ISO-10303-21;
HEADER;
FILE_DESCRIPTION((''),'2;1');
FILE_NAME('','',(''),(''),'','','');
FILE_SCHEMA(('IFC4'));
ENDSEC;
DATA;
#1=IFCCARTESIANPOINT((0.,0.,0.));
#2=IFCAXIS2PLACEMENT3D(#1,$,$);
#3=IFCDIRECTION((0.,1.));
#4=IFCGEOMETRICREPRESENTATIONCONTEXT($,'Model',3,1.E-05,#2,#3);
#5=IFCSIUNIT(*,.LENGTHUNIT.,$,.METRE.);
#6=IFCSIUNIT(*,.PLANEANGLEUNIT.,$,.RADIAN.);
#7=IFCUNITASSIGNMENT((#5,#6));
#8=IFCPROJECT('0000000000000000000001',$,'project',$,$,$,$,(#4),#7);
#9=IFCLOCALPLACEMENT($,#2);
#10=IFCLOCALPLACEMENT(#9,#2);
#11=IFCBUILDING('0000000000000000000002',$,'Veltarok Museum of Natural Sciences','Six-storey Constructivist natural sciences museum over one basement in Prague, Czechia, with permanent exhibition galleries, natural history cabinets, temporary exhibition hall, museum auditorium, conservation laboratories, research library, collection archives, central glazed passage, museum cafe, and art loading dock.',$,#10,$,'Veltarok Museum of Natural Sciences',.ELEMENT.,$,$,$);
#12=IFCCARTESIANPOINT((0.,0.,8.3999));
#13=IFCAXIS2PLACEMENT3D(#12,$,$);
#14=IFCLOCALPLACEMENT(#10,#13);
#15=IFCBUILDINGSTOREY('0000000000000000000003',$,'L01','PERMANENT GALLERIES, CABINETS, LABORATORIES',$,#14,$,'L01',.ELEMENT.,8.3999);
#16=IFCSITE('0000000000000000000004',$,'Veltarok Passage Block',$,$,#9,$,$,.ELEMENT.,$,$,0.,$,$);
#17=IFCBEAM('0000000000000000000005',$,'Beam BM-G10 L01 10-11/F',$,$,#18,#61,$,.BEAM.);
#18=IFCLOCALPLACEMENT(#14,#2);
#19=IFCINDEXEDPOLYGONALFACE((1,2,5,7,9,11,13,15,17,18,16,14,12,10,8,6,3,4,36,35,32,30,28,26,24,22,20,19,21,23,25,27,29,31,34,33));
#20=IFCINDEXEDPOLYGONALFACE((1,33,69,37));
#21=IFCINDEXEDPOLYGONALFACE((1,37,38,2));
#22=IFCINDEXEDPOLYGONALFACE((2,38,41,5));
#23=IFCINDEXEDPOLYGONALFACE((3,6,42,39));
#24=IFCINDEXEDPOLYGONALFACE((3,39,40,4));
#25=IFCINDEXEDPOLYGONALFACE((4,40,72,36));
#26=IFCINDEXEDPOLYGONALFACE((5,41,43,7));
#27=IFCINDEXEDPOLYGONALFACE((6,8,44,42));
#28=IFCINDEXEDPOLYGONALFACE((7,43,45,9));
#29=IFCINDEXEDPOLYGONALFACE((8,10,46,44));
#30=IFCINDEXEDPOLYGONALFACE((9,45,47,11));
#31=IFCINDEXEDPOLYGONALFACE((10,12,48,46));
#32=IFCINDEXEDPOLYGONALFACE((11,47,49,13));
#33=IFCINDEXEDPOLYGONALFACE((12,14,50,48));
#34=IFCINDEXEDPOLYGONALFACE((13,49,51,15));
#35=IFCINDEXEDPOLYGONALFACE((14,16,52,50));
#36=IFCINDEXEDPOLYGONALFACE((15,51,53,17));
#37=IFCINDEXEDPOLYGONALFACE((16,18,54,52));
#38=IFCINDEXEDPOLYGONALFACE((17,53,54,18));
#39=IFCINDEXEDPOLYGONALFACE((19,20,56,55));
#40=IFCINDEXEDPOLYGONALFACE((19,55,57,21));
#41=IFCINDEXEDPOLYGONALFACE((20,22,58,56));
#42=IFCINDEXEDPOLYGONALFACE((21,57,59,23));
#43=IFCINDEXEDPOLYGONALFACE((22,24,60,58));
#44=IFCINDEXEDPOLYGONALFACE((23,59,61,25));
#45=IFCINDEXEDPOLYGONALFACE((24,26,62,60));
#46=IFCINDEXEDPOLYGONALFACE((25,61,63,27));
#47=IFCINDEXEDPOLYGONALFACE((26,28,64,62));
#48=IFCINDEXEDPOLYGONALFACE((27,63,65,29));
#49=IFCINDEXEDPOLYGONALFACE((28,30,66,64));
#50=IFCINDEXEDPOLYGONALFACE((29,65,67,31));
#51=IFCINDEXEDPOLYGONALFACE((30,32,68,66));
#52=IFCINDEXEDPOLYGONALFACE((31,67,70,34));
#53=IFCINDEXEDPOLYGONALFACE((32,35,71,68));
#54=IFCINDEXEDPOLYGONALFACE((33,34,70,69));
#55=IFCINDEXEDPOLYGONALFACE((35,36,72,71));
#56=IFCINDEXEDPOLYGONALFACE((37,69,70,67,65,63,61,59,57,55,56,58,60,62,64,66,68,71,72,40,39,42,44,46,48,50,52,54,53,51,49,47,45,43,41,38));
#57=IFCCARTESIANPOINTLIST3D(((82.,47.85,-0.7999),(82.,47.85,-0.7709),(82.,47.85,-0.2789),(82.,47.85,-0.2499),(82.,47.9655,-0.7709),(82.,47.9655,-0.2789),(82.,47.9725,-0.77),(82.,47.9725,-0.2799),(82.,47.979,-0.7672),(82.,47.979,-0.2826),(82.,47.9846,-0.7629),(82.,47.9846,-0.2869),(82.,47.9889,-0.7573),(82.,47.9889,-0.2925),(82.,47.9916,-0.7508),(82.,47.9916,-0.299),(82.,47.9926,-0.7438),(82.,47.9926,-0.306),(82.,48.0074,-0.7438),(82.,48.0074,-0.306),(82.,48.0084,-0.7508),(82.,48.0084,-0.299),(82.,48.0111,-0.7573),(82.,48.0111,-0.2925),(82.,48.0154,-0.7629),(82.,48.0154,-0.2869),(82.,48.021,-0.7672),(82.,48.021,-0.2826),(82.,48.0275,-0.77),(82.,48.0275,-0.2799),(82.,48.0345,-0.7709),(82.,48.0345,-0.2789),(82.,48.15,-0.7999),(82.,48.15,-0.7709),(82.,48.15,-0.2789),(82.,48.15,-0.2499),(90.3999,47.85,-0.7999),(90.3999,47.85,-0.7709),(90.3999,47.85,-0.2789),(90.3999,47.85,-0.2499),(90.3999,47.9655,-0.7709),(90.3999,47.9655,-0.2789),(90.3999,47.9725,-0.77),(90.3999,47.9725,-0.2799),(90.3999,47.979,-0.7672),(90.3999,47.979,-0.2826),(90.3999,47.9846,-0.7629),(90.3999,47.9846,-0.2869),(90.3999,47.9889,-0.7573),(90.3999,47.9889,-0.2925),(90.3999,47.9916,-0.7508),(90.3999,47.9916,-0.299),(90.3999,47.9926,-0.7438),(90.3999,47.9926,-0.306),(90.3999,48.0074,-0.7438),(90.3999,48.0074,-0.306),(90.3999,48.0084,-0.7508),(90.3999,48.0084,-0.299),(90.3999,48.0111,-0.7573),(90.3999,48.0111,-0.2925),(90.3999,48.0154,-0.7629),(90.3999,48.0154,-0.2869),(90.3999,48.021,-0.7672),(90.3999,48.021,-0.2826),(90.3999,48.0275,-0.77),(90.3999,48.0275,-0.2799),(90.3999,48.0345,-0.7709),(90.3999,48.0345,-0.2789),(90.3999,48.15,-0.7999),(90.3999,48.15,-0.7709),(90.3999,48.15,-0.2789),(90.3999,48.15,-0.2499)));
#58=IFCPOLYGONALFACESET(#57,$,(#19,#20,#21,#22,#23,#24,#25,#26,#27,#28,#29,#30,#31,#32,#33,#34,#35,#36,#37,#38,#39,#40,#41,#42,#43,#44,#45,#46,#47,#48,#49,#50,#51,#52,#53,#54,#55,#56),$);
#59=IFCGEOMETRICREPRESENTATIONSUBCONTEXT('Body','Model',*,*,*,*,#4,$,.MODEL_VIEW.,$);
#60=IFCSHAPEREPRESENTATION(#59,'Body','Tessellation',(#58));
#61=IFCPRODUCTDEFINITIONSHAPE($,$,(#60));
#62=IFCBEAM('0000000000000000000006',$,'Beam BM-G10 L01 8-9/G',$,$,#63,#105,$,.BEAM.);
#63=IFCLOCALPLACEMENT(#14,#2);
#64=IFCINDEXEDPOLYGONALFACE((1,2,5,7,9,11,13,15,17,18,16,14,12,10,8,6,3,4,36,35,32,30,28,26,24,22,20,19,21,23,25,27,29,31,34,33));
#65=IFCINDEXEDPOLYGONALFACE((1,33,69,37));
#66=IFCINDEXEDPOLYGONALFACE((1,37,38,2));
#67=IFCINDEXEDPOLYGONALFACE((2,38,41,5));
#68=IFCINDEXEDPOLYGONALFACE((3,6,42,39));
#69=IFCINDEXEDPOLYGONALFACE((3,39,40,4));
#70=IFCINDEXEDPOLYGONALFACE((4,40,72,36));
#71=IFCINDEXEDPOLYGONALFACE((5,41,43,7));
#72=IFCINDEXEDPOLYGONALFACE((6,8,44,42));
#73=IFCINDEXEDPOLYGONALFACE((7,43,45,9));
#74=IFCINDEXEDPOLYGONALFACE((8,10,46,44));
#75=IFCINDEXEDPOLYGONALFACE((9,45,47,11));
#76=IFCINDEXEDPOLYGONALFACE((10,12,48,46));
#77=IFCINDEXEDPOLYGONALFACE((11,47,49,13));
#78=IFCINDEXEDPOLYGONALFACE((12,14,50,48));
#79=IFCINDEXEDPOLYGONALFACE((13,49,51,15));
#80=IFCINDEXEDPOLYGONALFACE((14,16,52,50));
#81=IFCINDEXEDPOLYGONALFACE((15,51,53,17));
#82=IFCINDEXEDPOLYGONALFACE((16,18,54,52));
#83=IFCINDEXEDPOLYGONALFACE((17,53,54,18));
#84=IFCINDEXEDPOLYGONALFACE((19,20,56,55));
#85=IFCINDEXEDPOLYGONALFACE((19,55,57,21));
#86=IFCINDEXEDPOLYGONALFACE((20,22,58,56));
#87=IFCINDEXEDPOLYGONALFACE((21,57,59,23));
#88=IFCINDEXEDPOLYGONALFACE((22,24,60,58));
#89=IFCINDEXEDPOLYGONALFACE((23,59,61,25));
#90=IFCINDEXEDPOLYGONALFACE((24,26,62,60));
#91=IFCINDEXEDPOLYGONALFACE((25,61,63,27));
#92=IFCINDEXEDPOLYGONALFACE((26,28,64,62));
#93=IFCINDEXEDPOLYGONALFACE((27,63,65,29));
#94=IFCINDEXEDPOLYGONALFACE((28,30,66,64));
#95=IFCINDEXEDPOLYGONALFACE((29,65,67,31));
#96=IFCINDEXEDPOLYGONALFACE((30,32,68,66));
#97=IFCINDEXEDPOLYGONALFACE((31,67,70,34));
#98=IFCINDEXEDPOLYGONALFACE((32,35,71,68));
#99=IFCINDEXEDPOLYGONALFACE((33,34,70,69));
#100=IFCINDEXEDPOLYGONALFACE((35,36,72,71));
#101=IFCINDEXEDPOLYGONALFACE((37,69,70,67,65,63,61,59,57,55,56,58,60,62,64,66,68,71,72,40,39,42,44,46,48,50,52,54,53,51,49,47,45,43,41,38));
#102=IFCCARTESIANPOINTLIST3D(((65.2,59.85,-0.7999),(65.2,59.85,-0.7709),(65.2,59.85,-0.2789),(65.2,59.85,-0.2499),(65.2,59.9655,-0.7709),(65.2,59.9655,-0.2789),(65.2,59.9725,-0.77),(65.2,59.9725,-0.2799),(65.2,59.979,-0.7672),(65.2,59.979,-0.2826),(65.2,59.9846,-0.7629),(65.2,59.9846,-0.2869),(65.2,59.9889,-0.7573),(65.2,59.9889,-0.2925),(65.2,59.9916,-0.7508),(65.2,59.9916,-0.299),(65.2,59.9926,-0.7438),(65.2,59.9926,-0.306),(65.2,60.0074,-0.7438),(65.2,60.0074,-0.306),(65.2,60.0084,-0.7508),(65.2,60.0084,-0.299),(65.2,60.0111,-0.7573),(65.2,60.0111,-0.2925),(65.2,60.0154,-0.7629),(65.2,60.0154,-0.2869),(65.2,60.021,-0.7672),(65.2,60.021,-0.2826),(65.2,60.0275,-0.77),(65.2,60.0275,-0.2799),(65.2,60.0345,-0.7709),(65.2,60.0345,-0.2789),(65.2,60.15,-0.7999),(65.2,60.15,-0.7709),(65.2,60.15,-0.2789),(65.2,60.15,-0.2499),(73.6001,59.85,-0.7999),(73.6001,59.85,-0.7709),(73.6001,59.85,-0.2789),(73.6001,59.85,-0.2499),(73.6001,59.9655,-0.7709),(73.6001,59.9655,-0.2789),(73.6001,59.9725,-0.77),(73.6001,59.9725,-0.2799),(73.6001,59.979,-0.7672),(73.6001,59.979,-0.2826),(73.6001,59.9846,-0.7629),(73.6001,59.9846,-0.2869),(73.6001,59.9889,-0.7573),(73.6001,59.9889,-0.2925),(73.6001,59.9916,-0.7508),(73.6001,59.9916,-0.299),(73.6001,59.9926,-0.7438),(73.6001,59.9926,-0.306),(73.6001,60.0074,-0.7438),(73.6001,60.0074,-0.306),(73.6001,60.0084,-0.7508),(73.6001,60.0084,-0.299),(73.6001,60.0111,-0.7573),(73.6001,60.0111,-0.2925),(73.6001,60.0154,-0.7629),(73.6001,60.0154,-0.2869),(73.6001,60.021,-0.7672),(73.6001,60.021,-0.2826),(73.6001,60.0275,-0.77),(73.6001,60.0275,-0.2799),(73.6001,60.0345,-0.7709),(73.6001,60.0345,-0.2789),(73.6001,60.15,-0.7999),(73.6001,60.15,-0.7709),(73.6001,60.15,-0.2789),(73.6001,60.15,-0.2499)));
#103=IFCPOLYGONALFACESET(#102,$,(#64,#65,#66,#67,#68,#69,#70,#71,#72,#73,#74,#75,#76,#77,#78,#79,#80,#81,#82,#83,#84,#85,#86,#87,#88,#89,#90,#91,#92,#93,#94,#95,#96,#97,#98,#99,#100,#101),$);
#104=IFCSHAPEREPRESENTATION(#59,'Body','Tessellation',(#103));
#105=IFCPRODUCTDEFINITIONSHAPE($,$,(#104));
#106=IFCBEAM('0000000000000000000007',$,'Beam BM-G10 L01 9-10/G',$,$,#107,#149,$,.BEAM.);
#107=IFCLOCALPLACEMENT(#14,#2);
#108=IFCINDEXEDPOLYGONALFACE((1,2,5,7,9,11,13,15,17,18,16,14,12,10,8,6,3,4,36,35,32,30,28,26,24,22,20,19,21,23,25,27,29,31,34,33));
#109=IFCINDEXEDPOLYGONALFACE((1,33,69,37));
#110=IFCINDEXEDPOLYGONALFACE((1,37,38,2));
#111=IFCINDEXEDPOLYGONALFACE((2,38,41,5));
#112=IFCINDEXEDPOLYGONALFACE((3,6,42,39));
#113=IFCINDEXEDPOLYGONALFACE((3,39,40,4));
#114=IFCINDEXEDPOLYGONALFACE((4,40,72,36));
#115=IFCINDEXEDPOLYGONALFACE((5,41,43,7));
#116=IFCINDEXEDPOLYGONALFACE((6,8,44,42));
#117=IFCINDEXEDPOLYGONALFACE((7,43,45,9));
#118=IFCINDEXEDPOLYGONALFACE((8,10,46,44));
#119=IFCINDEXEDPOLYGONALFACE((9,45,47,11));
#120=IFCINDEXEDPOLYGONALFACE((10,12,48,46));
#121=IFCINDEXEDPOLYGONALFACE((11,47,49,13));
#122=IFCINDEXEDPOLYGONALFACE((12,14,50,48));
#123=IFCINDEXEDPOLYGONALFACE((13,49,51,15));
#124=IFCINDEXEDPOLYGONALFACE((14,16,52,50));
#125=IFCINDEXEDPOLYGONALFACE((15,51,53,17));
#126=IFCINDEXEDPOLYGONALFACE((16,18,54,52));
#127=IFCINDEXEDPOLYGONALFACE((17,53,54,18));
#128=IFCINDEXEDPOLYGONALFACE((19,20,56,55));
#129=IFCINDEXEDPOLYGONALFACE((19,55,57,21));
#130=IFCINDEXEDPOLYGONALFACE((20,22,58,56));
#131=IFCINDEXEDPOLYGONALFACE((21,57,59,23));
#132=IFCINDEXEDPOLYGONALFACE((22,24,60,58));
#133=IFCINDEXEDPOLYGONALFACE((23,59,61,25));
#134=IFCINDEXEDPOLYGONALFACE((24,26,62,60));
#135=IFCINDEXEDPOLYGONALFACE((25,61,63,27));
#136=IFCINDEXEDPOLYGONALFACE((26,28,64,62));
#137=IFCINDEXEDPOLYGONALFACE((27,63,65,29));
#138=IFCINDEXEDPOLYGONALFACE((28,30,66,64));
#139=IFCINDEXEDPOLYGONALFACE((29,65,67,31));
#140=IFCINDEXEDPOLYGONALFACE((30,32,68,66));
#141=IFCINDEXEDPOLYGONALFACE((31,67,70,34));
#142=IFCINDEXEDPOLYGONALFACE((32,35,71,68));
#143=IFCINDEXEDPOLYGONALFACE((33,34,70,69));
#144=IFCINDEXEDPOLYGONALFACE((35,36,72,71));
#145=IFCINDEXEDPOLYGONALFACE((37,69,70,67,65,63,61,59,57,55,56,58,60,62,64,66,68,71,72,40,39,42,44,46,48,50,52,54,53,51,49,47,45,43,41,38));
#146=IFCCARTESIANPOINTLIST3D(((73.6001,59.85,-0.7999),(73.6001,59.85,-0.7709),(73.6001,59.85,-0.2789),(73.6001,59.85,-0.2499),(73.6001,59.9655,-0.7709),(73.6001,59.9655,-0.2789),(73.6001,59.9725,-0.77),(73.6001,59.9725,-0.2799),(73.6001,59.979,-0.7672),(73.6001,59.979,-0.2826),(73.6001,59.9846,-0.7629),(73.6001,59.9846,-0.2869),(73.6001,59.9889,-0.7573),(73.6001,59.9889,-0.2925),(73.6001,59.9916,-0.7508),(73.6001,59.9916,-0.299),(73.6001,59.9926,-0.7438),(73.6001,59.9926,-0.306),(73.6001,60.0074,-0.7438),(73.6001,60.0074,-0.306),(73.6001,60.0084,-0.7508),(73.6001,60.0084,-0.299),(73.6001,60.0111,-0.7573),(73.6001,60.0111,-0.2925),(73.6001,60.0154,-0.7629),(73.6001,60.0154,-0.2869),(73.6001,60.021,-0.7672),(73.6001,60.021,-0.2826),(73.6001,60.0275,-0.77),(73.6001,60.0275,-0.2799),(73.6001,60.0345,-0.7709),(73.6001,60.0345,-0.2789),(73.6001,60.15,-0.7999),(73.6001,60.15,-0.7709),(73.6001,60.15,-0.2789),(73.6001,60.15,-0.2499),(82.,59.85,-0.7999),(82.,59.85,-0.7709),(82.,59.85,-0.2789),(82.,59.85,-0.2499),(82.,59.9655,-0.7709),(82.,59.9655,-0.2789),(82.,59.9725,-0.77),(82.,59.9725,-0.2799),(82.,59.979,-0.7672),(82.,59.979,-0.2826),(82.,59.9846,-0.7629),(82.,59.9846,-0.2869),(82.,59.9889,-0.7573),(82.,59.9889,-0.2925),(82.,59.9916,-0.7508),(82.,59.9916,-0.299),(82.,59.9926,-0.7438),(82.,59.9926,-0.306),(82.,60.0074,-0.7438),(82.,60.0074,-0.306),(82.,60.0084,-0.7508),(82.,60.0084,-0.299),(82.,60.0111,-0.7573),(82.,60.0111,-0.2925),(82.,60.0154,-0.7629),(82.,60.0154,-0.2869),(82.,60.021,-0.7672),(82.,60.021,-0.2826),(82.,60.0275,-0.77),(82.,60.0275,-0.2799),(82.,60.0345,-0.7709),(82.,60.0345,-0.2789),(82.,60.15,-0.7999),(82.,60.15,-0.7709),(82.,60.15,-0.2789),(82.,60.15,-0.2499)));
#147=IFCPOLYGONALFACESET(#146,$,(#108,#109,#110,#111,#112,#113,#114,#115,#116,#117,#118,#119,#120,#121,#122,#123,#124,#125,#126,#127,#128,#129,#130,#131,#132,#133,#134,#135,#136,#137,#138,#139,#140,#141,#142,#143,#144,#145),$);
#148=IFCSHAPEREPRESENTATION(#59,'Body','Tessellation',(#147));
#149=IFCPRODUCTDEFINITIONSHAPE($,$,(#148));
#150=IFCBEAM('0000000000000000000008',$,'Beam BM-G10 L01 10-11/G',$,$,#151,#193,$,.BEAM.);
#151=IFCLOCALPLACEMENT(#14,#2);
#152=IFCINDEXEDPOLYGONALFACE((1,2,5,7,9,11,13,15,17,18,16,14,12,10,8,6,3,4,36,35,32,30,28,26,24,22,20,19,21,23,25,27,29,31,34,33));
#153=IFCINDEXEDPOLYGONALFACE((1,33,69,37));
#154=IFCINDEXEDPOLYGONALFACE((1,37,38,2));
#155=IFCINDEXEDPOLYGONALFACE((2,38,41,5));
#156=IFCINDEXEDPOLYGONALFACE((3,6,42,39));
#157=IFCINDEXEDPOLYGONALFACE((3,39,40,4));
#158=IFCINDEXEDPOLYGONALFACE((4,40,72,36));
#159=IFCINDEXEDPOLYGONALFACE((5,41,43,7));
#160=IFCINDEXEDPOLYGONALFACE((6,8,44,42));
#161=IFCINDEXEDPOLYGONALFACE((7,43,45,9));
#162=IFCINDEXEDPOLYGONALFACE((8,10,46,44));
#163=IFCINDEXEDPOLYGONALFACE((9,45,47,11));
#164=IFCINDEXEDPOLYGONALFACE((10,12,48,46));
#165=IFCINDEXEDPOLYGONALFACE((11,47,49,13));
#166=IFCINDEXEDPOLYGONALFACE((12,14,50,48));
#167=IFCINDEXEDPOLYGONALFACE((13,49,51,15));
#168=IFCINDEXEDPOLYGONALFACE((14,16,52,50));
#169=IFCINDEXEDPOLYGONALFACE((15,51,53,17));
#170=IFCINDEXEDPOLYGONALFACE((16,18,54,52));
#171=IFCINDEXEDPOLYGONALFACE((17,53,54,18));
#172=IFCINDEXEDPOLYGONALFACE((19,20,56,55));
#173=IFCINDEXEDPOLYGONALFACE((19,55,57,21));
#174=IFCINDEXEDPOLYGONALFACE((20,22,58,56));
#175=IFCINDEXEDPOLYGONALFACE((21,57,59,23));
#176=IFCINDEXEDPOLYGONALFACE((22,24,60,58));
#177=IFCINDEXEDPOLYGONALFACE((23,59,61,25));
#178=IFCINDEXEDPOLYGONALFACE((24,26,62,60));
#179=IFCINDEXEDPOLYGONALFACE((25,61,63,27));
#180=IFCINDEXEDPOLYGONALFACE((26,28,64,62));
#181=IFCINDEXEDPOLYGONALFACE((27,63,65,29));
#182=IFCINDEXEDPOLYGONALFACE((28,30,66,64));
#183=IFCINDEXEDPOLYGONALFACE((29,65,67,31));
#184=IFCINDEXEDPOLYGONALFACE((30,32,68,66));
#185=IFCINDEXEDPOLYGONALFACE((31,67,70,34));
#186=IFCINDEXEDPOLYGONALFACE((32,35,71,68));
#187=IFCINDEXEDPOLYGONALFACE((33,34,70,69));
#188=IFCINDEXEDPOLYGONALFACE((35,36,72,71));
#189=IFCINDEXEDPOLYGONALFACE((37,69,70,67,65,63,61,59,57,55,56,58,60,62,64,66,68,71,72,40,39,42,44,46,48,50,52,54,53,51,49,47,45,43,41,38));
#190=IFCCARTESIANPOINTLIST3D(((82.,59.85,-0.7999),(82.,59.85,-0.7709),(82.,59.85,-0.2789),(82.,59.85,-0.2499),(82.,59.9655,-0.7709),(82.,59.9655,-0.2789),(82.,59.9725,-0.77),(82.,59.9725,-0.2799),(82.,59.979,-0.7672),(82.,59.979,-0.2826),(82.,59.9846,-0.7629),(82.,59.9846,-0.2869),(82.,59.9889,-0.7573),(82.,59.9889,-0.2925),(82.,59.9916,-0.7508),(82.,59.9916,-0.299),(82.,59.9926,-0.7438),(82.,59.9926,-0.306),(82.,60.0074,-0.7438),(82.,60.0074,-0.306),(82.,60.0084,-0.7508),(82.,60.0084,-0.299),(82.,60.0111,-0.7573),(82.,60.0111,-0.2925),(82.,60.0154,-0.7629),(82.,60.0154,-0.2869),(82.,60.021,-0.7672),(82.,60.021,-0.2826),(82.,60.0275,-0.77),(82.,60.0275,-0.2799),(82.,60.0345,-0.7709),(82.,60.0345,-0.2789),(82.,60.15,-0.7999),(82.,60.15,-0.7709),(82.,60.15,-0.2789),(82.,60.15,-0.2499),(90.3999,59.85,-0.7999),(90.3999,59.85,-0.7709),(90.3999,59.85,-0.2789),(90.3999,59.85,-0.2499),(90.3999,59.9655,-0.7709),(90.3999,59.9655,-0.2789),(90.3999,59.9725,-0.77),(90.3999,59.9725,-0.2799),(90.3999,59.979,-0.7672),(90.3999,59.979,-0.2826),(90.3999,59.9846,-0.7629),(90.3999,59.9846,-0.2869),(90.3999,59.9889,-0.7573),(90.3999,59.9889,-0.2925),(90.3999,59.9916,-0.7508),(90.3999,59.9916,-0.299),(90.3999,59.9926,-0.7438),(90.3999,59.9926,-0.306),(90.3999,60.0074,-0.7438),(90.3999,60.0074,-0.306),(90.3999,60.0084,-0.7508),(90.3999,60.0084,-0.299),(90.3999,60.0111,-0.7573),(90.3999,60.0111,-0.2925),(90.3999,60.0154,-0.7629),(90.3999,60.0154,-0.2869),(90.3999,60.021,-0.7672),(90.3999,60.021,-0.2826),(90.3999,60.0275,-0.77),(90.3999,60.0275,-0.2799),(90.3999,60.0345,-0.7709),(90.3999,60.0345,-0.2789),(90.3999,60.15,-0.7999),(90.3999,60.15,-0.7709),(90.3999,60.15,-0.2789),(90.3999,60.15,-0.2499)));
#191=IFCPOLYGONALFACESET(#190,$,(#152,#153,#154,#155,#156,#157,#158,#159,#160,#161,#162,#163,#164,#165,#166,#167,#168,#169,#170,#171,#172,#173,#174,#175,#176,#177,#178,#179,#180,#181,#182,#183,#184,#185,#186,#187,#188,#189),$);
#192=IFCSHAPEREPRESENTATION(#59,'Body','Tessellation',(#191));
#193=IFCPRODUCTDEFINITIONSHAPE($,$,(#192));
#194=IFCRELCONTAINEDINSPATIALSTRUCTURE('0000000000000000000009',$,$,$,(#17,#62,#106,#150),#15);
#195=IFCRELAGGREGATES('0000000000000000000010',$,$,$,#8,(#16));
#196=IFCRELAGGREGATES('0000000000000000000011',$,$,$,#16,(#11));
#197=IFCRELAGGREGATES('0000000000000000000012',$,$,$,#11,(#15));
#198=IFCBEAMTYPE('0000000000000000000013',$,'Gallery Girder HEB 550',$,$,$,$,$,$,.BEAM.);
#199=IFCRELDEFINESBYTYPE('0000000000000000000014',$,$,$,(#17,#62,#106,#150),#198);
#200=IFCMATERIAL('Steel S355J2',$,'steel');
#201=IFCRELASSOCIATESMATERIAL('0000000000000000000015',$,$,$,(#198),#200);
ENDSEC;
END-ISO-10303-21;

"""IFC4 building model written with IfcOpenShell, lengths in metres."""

from ifc_helpers import new_model, si_unit, direction, frame, origin, origin_2d, place, context, subcontext, project, spatial, i_section, extrude, material, material_profile, profile_set, type_object, element, save


model = new_model("IFC4")

# Units and contexts
model_context = context("Model", 3, precision=1e-05, world=origin(), true_north=direction((0.0, 1.0)))
body_context = subcontext(model_context, "Body", "Model", "MODEL_VIEW")
ifc_project = project(units=[si_unit("LENGTHUNIT", "METRE"), si_unit("PLANEANGLEUNIT", "RADIAN")], contexts=[model_context])

# Site, building, storey
site_placement = place(None, origin())
site = spatial("IfcSite", under=ifc_project, at=site_placement, Name="Veltarok Passage Block", CompositionType="ELEMENT", RefElevation=0.0)
building_placement = place(site_placement, origin())
building = spatial("IfcBuilding", under=site, at=building_placement, Name="Veltarok Museum of Natural Sciences", Description="Six-storey Constructivist natural sciences museum over one basement in Prague, Czechia, with permanent exhibition galleries, natural history cabinets, temporary exhibition hall, museum auditorium, conservation laboratories, research library, collection archives, central glazed passage, museum cafe, and art loading dock.", LongName="Veltarok Museum of Natural Sciences", CompositionType="ELEMENT")
storey_placement = place(building_placement, frame((0.0, 0.0, 8.3999)))
storey = spatial("IfcBuildingStorey", under=building, at=storey_placement, Name="L01", Description="PERMANENT GALLERIES, CABINETS, LABORATORIES", LongName="L01", CompositionType="ELEMENT", Elevation=8.3999)

# Shared definitions
ifc_material_1 = material(Name="Steel S355J2", Category="steel")

# Beams
ifc_material_profile_1 = material_profile(ifc_material_1, i_section(OverallWidth=0.3, OverallDepth=0.55, WebThickness=0.0149, FlangeThickness=0.0291, FilletRadius=0.0271, at=origin_2d()), Name="HEB 550")
ifc_profile_set_1 = profile_set([ifc_material_profile_1], Name="Steel S355J2")
beam_type_1 = type_object("IfcBeamType", Name="Gallery Girder HEB 550", PredefinedType="BEAM", material=ifc_profile_set_1)
for number, where, z_axis, x_axis, name in (
    (1, (82.0, 48.0, -0.5249), (1.0, 0.0, 0.0), (0.0, 1.0, 0.0), "Beam BM-G10 L01 10-11/F"),
):
    element("IfcBeam", number, at=place(storey_placement, frame(where, z_axis=z_axis, x_axis=x_axis)), inside=storey, type_object=beam_type_1, Name=name, PredefinedType="BEAM", context=body_context, shape_type="SweptSolid", body=[
        extrude(i_section(OverallWidth=0.3, OverallDepth=0.55, WebThickness=0.0149, FlangeThickness=0.0291, FilletRadius=0.0271, at=origin_2d()), origin(), (0.0, 0.0, 1.0), 8.3999),
    ])
beam_1_placement = place(storey_placement, frame((65.2, 60.0, -0.5249), z_axis=(1.0, 0.0, 0.0), x_axis=(0.0, 1.0, 0.0)))
element("IfcBeam", 2, at=beam_1_placement, inside=storey, type_object=beam_type_1, Name="Beam BM-G10 L01 8-9/G", PredefinedType="BEAM", context=body_context, shape_type="SweptSolid", body=[
    extrude(i_section(OverallWidth=0.3, OverallDepth=0.55, WebThickness=0.0149, FlangeThickness=0.0291, FilletRadius=0.0271, at=origin_2d()), origin(), (0.0, 0.0, 1.0), 8.4001),
])
for number, where, z_axis, x_axis, name in (
    (3, (73.6001, 60.0, -0.5249), (1.0, 0.0, 0.0), (0.0, 1.0, 0.0), "Beam BM-G10 L01 9-10/G"),
    (4, (82.0, 60.0, -0.5249), (1.0, 0.0, 0.0), (0.0, 1.0, 0.0), "Beam BM-G10 L01 10-11/G"),
):
    element("IfcBeam", number, at=place(storey_placement, frame(where, z_axis=z_axis, x_axis=x_axis)), inside=storey, type_object=beam_type_1, Name=name, PredefinedType="BEAM", context=body_context, shape_type="SweptSolid", body=[
        extrude(i_section(OverallWidth=0.3, OverallDepth=0.55, WebThickness=0.0149, FlangeThickness=0.0291, FilletRadius=0.0271, at=origin_2d()), origin(), (0.0, 0.0, 1.0), 8.3999),
    ])

save(model, "model.ifc")
